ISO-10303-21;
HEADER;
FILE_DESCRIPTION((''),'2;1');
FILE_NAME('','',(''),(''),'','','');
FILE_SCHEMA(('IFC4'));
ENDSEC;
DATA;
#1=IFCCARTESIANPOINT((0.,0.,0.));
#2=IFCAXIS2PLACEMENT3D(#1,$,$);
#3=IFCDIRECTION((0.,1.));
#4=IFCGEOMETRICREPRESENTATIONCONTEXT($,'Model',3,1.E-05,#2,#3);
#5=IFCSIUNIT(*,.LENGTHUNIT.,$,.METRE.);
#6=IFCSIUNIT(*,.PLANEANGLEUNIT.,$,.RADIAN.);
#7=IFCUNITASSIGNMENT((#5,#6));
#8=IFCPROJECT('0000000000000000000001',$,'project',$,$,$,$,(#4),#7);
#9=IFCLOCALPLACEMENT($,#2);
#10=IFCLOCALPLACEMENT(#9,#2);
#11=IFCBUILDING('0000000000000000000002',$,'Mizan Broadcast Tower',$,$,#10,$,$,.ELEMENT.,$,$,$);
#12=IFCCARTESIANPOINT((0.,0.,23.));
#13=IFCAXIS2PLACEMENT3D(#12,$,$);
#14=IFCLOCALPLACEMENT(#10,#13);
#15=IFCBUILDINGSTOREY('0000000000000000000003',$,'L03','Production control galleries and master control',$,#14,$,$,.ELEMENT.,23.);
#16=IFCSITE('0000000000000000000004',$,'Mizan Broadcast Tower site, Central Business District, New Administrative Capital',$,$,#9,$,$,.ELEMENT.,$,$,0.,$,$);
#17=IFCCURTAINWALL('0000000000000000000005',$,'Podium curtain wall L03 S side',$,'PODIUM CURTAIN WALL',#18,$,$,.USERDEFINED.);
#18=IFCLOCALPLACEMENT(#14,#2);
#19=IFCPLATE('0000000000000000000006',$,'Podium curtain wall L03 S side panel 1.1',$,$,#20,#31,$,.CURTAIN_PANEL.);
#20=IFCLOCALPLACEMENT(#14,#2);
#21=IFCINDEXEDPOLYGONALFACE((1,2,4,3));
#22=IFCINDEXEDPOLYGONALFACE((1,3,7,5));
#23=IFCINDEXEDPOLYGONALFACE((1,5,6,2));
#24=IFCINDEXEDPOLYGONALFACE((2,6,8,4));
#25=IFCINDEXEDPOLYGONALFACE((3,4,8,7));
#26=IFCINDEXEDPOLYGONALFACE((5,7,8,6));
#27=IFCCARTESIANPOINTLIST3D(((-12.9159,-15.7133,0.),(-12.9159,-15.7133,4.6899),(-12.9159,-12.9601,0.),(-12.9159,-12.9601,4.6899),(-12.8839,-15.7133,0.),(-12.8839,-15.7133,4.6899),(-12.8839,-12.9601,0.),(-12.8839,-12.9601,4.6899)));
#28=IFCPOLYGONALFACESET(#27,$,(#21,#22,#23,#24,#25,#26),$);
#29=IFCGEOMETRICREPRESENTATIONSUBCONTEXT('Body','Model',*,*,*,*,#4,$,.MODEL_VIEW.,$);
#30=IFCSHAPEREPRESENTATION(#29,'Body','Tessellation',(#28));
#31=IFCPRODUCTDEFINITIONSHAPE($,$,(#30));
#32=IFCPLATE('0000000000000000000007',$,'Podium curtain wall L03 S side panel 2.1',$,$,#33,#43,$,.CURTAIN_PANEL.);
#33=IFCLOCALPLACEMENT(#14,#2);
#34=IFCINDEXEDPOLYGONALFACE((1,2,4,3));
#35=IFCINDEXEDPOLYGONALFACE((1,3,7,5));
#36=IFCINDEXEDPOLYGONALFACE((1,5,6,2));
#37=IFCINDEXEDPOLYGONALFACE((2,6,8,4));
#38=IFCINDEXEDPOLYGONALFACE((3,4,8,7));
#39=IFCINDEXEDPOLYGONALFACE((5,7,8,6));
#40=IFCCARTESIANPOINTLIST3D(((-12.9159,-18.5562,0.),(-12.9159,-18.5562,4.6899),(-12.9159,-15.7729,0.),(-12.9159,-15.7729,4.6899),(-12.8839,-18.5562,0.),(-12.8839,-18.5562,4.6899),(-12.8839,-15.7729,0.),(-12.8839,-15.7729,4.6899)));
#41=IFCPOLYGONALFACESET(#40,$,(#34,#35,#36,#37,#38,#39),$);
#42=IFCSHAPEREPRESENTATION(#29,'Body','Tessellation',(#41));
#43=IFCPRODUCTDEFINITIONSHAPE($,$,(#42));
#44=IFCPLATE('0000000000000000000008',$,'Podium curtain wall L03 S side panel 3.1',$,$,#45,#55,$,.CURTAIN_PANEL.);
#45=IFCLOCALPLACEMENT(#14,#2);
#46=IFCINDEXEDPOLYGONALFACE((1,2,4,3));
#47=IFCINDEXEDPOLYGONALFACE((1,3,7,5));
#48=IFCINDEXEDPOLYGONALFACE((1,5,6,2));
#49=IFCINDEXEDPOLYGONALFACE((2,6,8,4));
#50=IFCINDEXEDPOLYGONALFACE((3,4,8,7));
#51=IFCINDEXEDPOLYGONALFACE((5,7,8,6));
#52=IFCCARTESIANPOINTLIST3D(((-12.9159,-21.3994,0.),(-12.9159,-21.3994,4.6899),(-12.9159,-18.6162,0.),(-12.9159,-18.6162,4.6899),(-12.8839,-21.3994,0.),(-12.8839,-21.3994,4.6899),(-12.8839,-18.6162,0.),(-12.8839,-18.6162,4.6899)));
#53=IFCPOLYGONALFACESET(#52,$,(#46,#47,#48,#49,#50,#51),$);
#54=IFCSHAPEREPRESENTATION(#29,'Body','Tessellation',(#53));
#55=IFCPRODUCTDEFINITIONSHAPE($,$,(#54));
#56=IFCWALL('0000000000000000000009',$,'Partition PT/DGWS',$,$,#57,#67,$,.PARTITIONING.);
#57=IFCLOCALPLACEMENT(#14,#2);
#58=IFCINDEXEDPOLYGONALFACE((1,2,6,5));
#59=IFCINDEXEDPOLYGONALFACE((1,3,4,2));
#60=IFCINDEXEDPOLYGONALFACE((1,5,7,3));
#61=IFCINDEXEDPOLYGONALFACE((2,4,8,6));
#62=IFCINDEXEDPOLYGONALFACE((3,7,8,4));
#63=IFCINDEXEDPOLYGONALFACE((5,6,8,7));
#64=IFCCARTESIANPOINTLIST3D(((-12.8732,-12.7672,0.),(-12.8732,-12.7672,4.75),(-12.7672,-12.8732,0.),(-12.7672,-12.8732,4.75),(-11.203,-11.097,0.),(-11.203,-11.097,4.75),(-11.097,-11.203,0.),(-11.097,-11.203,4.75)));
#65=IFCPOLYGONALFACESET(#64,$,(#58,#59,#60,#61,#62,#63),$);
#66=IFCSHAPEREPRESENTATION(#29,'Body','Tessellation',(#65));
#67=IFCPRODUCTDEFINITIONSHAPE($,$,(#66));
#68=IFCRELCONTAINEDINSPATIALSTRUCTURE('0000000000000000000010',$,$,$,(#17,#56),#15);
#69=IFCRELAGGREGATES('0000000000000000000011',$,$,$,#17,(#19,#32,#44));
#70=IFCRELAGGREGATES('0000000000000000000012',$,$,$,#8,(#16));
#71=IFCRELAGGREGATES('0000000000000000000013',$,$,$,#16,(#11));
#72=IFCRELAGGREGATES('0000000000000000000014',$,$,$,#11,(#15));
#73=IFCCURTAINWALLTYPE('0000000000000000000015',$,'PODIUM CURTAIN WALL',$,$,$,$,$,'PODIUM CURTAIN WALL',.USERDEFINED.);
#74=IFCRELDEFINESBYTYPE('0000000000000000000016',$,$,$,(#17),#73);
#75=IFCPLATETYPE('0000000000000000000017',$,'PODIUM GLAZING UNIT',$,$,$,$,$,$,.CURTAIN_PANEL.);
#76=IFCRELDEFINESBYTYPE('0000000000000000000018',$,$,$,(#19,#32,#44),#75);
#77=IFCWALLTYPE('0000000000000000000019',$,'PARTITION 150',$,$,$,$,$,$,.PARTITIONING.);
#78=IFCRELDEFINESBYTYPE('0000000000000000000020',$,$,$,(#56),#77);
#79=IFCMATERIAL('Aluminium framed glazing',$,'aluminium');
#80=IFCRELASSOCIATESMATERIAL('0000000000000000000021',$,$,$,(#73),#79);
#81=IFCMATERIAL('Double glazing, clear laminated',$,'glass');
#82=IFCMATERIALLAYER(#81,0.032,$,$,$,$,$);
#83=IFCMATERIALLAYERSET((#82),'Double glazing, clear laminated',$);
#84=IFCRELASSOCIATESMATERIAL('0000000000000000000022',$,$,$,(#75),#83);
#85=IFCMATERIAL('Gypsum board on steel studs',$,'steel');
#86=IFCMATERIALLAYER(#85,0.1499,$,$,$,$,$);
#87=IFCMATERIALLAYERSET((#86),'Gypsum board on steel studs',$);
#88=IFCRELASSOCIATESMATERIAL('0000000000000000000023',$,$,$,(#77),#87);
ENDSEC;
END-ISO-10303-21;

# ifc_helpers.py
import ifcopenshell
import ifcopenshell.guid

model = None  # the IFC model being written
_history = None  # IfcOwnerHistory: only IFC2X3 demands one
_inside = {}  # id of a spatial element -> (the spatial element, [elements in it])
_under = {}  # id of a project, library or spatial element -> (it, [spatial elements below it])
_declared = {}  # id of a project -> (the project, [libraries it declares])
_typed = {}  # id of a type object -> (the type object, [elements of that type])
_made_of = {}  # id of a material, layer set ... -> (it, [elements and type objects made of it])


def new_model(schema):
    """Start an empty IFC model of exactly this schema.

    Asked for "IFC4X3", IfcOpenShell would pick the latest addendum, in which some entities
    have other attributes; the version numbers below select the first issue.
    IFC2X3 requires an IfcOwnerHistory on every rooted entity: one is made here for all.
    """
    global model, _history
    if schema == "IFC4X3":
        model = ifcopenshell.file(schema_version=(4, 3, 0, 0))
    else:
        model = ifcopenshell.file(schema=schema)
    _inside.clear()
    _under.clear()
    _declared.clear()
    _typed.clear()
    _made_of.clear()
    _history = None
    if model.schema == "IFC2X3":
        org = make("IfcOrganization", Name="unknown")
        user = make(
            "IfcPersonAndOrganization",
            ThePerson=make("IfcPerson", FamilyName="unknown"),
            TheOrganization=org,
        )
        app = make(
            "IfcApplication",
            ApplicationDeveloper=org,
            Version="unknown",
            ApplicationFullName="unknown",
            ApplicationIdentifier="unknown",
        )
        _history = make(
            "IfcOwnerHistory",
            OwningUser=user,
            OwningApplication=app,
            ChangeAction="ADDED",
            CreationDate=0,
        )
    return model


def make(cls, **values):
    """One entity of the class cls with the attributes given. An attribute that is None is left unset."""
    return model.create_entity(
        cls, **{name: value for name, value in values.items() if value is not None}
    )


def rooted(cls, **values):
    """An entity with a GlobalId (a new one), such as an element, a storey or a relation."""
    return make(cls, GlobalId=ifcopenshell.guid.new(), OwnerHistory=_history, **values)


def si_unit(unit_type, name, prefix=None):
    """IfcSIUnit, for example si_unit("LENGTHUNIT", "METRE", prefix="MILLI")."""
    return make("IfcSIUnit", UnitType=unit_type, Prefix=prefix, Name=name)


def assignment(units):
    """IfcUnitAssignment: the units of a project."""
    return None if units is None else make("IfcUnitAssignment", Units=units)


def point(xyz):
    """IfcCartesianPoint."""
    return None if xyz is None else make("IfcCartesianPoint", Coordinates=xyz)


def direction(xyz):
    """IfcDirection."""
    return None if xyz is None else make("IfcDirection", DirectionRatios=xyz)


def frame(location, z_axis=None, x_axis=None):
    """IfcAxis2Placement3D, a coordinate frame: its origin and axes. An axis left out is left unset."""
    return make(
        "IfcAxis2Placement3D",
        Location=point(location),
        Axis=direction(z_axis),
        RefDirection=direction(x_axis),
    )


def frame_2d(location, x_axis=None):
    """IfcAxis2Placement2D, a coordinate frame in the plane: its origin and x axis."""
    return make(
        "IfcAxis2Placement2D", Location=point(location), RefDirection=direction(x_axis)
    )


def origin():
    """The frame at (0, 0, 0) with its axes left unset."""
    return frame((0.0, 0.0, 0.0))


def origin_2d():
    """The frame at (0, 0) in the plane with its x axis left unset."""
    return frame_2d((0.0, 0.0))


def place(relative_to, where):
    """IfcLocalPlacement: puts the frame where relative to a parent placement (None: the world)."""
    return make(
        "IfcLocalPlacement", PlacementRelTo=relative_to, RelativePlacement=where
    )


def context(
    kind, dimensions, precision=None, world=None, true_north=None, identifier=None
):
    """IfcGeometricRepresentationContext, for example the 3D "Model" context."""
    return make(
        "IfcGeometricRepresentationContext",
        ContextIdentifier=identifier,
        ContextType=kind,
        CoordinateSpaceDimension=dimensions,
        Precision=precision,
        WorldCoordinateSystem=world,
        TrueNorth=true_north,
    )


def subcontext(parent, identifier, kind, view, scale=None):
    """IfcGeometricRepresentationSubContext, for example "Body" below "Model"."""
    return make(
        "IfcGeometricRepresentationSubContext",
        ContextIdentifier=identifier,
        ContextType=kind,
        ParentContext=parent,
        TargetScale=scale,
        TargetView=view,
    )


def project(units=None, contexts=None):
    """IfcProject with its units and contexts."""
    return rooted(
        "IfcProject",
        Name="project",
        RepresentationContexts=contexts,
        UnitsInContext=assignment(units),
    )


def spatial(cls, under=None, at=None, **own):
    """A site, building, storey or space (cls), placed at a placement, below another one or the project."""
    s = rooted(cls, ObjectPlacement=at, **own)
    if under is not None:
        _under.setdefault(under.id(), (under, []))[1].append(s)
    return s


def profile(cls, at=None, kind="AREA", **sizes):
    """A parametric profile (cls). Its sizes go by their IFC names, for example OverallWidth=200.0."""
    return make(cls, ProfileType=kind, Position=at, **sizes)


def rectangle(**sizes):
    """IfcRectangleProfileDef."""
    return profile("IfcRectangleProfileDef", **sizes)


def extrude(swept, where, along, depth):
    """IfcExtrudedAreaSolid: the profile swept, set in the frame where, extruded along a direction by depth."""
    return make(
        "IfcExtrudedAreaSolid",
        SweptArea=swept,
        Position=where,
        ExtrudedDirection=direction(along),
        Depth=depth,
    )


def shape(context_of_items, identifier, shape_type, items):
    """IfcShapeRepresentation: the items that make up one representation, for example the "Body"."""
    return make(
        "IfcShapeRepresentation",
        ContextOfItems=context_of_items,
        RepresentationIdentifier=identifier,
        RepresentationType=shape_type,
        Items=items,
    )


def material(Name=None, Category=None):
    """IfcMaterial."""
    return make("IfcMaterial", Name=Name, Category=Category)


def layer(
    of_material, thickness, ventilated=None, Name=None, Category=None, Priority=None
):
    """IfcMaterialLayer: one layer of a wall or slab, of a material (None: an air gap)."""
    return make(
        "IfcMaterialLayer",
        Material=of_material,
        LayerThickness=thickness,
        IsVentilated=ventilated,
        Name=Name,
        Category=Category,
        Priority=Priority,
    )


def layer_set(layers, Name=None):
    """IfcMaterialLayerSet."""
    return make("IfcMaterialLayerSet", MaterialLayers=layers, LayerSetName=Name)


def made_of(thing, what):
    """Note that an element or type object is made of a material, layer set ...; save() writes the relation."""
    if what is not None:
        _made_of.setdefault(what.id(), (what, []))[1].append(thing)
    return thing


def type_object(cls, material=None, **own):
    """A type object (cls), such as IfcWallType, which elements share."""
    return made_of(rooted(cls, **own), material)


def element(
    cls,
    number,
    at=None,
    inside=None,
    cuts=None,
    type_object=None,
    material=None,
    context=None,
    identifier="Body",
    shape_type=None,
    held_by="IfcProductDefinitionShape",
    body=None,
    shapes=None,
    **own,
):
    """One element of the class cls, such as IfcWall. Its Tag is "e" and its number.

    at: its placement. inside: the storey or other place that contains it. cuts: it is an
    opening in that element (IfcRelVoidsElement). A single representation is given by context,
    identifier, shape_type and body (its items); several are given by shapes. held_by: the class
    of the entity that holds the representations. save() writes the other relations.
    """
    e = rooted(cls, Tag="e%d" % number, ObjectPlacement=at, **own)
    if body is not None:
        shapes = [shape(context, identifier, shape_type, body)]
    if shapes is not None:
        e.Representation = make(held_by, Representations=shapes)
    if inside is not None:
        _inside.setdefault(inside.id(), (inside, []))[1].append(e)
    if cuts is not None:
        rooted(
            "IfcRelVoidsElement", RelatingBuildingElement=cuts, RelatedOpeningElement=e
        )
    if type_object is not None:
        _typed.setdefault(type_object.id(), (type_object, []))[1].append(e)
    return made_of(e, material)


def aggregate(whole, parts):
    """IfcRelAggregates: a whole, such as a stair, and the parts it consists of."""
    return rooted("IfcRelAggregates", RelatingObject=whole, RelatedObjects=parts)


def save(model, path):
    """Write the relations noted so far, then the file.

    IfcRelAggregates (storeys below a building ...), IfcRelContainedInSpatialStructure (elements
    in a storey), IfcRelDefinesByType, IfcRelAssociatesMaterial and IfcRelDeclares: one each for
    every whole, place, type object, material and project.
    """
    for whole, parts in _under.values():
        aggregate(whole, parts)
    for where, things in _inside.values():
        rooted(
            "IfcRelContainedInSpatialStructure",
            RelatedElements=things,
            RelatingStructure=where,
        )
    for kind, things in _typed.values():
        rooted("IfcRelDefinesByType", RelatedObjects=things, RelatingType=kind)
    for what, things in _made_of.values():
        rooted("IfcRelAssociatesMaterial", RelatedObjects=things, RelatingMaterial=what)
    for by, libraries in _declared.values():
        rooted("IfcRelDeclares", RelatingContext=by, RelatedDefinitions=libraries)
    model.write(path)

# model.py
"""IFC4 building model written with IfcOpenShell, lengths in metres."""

from ifc_helpers import new_model, si_unit, direction, frame, frame_2d, origin, origin_2d, place, context, subcontext, project, spatial, rectangle, extrude, material, layer, layer_set, type_object, element, aggregate, save


model = new_model("IFC4")

# Units and contexts
model_context = context("Model", 3, precision=1e-05, world=origin(), true_north=direction((0.0, 1.0)))
body_context = subcontext(model_context, "Body", "Model", "MODEL_VIEW")
ifc_project = project(units=[si_unit("LENGTHUNIT", "METRE"), si_unit("PLANEANGLEUNIT", "RADIAN")], contexts=[model_context])

# Site, building, storey
site_placement = place(None, origin())
site = spatial("IfcSite", under=ifc_project, at=site_placement, Name="Mizan Broadcast Tower site, Central Business District, New Administrative Capital", CompositionType="ELEMENT", RefElevation=0.0)
building_placement = place(site_placement, origin())
building = spatial("IfcBuilding", under=site, at=building_placement, Name="Mizan Broadcast Tower", CompositionType="ELEMENT")
storey_placement = place(building_placement, frame((0.0, 0.0, 23.0)))
storey = spatial("IfcBuildingStorey", under=building, at=storey_placement, Name="L03", Description="Production control galleries and master control", CompositionType="ELEMENT", Elevation=23.0)

# Shared definitions
ifc_material_1 = material(Name="Aluminium framed glazing", Category="aluminium")
curtain_wall_type_1 = type_object("IfcCurtainWallType", Name="PODIUM CURTAIN WALL", ElementType="PODIUM CURTAIN WALL", PredefinedType="USERDEFINED", material=ifc_material_1)

# Curtain wall
curtain_wall_1_placement = place(storey_placement, origin())
curtain_wall_1 = element("IfcCurtainWall", 1, at=curtain_wall_1_placement, inside=storey, type_object=curtain_wall_type_1, Name="Podium curtain wall L03 S side", ObjectType="PODIUM CURTAIN WALL", PredefinedType="USERDEFINED")

# Plates
ifc_material_2 = material(Name="Double glazing, clear laminated", Category="glass")
ifc_layer_1 = layer(ifc_material_2, 0.032)
ifc_layer_set_1 = layer_set([ifc_layer_1], Name="Double glazing, clear laminated")
plate_type = type_object("IfcPlateType", Name="PODIUM GLAZING UNIT", PredefinedType="CURTAIN_PANEL", material=ifc_layer_set_1)
plate_1_placement = place(storey_placement, frame((-12.8999, -14.3367, 0.0), z_axis=(0.0, 0.0, 1.0), x_axis=(0.0, -1.0, 0.0)))
plate_1 = element("IfcPlate", 2, at=plate_1_placement, type_object=plate_type, Name="Podium curtain wall L03 S side panel 1.1", PredefinedType="CURTAIN_PANEL", context=body_context, shape_type="SweptSolid", body=[
    extrude(rectangle(XDim=2.7532, YDim=0.032, at=origin_2d()), origin(), (0.0, 0.0, 1.0), 4.6899),
])
plate_2_placement = place(storey_placement, frame((-12.8999, -17.1646, 0.0), z_axis=(0.0, 0.0, 1.0), x_axis=(0.0, -1.0, 0.0)))
plate_2 = element("IfcPlate", 3, at=plate_2_placement, type_object=plate_type, Name="Podium curtain wall L03 S side panel 2.1", PredefinedType="CURTAIN_PANEL", context=body_context, shape_type="SweptSolid", body=[
    extrude(rectangle(XDim=2.7832, YDim=0.032, at=origin_2d()), origin(), (0.0, 0.0, 1.0), 4.6899),
])
plate_3_placement = place(storey_placement, frame((-12.8999, -20.0078, 0.0), z_axis=(0.0, 0.0, 1.0), x_axis=(0.0, -1.0, 0.0)))
plate_3 = element("IfcPlate", 4, at=plate_3_placement, type_object=plate_type, Name="Podium curtain wall L03 S side panel 3.1", PredefinedType="CURTAIN_PANEL", context=body_context, shape_type="SweptSolid", body=[
    extrude(rectangle(XDim=2.7832, YDim=0.032, at=origin_2d()), origin(), (0.0, 0.0, 1.0), 4.6899),
])
aggregate(curtain_wall_1, [plate_1, plate_2, plate_3])

# Wall
ifc_material_3 = material(Name="Gypsum board on steel studs", Category="steel")
ifc_layer_2 = layer(ifc_material_3, 0.1499)
ifc_layer_set_2 = layer_set([ifc_layer_2], Name="Gypsum board on steel studs")
wall_type = type_object("IfcWallType", Name="PARTITION 150", PredefinedType="PARTITIONING", material=ifc_layer_set_2)
wall_placement = place(storey_placement, frame((-11.1499, -11.1499, 0.0), z_axis=(0.0, 0.0, 1.0), x_axis=(-0.707107, -0.707107, 0.0)))
element("IfcWall", 5, at=wall_placement, inside=storey, type_object=wall_type, Name="Partition PT/DGWS", PredefinedType="PARTITIONING", context=body_context, shape_type="SweptSolid", body=[
    extrude(rectangle(XDim=2.3621, YDim=0.1499, at=frame_2d((1.1812, 0.0))), origin(), (0.0, 0.0, 1.0), 4.75),
])

save(model, "model.ifc")
